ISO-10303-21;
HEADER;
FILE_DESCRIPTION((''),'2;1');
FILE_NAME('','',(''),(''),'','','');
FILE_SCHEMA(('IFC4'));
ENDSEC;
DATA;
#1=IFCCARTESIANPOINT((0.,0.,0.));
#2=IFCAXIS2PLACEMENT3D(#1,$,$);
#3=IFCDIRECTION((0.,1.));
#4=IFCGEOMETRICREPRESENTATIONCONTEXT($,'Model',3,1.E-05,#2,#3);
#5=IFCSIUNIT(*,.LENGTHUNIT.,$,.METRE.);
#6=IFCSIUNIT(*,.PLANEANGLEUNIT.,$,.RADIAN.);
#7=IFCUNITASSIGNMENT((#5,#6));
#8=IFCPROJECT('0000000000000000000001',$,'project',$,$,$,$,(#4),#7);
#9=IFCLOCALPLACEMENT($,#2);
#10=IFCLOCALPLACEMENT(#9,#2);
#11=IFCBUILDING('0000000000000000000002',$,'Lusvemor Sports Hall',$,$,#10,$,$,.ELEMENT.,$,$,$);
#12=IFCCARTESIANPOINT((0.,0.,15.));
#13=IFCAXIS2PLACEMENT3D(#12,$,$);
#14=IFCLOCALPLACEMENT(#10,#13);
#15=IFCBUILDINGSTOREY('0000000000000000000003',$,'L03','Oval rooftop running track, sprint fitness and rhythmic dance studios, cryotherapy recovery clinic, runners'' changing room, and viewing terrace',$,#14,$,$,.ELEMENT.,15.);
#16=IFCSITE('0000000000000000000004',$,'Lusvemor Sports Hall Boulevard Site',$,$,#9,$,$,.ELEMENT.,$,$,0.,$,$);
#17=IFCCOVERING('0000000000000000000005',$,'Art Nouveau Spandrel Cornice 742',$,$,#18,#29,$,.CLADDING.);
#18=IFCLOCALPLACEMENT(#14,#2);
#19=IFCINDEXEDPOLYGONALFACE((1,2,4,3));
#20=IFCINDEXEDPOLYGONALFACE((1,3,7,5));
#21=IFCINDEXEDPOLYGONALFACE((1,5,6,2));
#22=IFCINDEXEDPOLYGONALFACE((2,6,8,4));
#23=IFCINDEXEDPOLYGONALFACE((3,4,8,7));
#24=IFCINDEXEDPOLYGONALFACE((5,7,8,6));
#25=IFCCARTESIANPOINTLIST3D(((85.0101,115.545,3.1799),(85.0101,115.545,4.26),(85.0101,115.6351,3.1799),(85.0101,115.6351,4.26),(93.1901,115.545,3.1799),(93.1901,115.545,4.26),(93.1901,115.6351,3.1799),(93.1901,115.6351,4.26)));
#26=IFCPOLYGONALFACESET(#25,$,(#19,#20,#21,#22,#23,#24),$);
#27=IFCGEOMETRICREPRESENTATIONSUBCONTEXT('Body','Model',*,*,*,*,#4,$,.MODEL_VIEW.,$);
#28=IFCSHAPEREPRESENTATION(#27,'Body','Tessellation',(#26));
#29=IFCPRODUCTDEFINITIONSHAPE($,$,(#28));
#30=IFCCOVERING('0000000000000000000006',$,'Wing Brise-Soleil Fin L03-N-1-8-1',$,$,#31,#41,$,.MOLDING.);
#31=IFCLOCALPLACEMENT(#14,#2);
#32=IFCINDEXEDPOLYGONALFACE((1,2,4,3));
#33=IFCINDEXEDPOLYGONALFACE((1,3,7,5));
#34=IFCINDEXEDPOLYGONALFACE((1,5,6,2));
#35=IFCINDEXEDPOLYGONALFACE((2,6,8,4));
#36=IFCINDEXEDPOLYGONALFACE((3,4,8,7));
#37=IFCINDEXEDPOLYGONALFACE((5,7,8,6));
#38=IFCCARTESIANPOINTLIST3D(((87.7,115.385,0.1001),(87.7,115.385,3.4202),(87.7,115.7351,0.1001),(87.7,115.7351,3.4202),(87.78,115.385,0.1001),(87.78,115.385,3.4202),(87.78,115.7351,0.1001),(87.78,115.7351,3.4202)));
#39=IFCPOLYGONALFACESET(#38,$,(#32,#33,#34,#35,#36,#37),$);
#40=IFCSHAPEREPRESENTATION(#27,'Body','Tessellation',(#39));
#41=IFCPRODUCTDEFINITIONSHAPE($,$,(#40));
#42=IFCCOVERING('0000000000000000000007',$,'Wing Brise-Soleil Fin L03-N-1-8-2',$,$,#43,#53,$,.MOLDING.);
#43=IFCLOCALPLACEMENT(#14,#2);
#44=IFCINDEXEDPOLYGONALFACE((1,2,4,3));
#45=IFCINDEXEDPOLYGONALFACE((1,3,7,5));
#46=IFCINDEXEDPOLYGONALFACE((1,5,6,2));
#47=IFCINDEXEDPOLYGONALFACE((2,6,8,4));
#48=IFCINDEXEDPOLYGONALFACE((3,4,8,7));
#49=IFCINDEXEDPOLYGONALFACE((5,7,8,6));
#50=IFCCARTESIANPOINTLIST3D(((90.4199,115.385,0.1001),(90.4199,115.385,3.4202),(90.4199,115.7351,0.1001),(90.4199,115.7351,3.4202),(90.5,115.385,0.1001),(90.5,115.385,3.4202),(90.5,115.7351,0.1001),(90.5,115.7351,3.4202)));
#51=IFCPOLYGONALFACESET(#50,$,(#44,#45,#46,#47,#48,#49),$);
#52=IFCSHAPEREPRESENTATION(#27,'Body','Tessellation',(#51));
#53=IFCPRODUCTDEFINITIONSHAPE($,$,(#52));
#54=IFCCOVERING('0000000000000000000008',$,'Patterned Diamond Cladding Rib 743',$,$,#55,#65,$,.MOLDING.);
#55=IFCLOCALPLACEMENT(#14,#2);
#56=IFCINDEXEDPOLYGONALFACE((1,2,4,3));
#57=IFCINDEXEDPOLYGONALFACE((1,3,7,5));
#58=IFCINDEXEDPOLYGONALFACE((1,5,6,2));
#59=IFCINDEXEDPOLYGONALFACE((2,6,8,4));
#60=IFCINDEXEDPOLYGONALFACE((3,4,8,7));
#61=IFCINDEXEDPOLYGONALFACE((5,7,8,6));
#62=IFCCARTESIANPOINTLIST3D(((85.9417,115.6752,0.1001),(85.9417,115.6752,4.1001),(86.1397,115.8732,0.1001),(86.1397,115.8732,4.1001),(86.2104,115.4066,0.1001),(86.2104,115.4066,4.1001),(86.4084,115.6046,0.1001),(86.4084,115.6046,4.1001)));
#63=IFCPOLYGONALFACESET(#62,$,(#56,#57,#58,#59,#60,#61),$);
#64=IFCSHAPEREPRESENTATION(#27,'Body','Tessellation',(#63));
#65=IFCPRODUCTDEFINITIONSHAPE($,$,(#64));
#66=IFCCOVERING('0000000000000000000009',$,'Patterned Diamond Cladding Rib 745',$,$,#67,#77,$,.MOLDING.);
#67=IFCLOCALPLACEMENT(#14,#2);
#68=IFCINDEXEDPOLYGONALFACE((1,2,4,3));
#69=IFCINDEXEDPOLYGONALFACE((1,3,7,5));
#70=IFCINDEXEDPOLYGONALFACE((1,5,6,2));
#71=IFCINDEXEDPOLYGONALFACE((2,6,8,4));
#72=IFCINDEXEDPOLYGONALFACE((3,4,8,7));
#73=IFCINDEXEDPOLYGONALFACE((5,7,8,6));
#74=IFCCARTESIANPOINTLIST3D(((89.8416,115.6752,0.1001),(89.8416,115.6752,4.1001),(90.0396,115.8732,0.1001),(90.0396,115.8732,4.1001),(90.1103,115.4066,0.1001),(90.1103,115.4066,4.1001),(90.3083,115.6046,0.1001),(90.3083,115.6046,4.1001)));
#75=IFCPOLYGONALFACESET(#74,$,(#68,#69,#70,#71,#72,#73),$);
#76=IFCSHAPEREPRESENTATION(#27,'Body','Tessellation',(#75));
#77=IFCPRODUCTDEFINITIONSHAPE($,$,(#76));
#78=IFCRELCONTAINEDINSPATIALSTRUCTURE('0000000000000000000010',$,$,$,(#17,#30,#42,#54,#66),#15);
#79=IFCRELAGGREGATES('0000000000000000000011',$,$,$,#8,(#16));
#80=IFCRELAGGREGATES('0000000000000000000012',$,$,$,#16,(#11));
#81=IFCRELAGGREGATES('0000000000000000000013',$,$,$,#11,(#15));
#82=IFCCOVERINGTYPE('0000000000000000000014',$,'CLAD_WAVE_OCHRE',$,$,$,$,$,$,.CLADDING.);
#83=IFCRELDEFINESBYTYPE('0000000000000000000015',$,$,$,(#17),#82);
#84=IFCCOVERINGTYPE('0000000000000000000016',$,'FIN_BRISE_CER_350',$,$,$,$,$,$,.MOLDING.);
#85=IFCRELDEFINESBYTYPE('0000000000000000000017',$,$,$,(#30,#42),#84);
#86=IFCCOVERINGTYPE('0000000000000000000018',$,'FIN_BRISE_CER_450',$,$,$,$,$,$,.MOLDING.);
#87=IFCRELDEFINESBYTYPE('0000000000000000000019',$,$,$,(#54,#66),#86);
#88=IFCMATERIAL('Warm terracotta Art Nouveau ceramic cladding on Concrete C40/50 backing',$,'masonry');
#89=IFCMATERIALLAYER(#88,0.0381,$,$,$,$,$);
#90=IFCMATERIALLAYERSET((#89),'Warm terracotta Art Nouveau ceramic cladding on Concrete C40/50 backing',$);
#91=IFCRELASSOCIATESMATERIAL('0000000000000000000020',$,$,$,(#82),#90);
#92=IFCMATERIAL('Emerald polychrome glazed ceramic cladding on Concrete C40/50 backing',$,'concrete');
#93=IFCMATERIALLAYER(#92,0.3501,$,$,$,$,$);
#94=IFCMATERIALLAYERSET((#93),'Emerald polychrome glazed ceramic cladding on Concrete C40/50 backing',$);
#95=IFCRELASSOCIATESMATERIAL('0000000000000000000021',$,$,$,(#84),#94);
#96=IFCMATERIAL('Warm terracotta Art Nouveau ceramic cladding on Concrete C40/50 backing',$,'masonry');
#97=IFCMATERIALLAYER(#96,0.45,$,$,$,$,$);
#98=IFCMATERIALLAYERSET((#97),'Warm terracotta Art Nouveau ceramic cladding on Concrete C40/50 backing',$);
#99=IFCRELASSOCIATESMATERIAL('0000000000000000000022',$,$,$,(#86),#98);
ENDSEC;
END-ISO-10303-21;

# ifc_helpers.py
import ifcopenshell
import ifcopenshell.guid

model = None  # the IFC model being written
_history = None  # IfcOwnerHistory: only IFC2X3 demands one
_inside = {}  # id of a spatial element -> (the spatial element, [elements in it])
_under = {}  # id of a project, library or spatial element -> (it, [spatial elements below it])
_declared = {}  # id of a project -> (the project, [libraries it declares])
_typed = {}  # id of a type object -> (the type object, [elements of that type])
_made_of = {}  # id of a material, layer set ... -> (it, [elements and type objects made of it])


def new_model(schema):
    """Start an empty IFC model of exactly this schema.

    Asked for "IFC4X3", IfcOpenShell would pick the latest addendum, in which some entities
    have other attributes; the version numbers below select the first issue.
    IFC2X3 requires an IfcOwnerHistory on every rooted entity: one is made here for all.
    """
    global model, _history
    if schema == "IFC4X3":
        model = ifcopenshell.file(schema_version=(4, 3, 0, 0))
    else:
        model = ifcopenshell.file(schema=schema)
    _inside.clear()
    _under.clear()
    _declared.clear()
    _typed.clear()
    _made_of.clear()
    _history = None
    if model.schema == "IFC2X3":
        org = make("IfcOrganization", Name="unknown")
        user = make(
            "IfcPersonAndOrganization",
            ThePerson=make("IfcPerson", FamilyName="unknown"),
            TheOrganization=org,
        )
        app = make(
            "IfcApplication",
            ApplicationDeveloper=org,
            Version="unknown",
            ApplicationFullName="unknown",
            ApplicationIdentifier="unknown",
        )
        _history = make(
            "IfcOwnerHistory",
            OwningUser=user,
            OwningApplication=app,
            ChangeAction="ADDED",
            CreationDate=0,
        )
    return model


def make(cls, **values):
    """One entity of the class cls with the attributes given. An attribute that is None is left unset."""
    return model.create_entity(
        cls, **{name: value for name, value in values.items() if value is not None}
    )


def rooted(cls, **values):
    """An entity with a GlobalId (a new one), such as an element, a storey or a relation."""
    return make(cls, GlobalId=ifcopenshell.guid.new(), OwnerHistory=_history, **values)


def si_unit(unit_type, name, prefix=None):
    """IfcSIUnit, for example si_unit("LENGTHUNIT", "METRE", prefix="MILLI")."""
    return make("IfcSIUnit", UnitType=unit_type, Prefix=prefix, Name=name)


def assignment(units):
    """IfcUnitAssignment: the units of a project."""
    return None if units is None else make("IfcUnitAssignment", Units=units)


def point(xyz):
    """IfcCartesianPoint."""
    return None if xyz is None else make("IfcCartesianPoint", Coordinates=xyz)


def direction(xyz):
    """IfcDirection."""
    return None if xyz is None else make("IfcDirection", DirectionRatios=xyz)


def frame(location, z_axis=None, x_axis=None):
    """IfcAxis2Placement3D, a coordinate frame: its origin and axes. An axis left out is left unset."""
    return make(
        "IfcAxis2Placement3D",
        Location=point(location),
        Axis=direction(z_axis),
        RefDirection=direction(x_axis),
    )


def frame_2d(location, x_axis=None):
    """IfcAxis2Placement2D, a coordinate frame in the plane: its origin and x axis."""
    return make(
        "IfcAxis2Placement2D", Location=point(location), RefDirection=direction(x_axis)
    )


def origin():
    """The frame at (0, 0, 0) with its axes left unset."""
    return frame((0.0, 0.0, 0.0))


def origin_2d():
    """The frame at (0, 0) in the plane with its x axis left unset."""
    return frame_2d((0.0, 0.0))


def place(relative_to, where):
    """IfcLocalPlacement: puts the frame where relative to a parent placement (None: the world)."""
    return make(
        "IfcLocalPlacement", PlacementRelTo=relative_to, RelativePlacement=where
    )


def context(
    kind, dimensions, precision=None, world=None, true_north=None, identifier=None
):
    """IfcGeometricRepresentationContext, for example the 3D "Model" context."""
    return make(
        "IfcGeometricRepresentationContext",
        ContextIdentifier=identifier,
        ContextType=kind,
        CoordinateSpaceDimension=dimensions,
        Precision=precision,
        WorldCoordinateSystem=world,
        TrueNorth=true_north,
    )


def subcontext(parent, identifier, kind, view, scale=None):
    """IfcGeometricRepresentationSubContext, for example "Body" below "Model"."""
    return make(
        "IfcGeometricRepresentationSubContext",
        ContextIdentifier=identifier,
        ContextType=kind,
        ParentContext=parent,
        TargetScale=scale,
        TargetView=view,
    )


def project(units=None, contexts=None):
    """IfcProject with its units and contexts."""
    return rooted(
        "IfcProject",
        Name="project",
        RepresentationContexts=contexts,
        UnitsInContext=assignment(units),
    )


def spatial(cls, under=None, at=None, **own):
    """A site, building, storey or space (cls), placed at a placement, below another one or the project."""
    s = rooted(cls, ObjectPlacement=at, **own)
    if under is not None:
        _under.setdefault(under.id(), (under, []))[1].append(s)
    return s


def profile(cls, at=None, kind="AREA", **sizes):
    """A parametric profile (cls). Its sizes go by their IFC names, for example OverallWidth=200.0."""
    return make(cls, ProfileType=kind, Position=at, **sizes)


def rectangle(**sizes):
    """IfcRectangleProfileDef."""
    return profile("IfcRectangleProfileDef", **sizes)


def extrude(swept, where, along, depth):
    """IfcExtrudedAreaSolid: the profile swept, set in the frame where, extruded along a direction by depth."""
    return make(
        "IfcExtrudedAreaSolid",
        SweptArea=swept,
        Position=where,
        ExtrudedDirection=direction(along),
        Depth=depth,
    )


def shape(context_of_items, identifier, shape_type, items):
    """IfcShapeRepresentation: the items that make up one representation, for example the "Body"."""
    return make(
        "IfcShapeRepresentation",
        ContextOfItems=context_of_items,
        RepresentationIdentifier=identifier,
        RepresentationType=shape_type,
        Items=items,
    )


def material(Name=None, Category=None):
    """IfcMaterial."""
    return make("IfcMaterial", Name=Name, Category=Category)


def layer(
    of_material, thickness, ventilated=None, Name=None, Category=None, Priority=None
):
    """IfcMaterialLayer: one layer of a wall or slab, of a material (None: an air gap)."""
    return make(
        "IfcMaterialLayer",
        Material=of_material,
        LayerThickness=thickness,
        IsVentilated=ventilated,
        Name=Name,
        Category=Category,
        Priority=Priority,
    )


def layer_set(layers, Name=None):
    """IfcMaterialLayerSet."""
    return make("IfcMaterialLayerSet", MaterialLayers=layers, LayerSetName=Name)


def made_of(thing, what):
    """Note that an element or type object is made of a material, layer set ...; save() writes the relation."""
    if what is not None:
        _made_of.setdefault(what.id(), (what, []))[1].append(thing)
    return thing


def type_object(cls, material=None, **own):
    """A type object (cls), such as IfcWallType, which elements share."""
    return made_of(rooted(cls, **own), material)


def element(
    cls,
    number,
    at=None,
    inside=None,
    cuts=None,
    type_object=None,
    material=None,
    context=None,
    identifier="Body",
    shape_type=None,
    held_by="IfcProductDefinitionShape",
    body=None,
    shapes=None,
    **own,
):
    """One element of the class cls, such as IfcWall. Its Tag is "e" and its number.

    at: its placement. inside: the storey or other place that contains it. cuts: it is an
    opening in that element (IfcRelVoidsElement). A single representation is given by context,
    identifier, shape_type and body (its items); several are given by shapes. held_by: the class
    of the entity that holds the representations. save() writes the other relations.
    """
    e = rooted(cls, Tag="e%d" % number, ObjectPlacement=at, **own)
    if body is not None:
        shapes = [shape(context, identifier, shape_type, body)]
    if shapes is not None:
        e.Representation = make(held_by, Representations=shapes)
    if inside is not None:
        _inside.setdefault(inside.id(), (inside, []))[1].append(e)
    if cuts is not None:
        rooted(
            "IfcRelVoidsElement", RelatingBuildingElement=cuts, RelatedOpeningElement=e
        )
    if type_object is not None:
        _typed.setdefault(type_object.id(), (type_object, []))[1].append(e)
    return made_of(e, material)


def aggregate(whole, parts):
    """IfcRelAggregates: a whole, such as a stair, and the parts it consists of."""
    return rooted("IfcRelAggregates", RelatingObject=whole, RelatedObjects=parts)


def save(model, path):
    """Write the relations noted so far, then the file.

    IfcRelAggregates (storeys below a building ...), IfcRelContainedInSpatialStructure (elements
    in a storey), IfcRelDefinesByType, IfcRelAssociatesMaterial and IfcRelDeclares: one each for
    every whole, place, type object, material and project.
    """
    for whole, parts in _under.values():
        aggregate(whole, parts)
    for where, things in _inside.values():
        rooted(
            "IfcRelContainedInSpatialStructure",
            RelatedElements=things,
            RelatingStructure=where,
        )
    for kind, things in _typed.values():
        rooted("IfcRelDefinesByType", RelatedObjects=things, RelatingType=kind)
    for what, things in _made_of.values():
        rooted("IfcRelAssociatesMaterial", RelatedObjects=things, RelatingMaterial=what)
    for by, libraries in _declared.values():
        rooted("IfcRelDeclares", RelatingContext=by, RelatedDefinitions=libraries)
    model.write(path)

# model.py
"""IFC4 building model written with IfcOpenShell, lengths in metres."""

from ifc_helpers import new_model, si_unit, direction, frame, origin, origin_2d, place, context, subcontext, project, spatial, rectangle, extrude, material, layer, layer_set, type_object, element, save


model = new_model("IFC4")

# Units and contexts
model_context = context("Model", 3, precision=1e-05, world=origin(), true_north=direction((0.0, 1.0)))
body_context = subcontext(model_context, "Body", "Model", "MODEL_VIEW")
ifc_project = project(units=[si_unit("LENGTHUNIT", "METRE"), si_unit("PLANEANGLEUNIT", "RADIAN")], contexts=[model_context])

# Site, building, storey
site_placement = place(None, origin())
site = spatial("IfcSite", under=ifc_project, at=site_placement, Name="Lusvemor Sports Hall Boulevard Site", CompositionType="ELEMENT", RefElevation=0.0)
building_placement = place(site_placement, origin())
building = spatial("IfcBuilding", under=site, at=building_placement, Name="Lusvemor Sports Hall", CompositionType="ELEMENT")
storey_placement = place(building_placement, frame((0.0, 0.0, 15.0)))
storey = spatial("IfcBuildingStorey", under=building, at=storey_placement, Name="L03", Description="Oval rooftop running track, sprint fitness and rhythmic dance studios, cryotherapy recovery clinic, runners' changing room, and viewing terrace", CompositionType="ELEMENT", Elevation=15.0)

# Coverings
ifc_material_1 = material(Name="Warm terracotta Art Nouveau ceramic cladding on Concrete C40/50 backing", Category="masonry")
ifc_layer_1 = layer(ifc_material_1, 0.0381)
ifc_layer_set_1 = layer_set([ifc_layer_1], Name="Warm terracotta Art Nouveau ceramic cladding on Concrete C40/50 backing")
covering_type_1 = type_object("IfcCoveringType", Name="CLAD_WAVE_OCHRE", PredefinedType="CLADDING", material=ifc_layer_set_1)
covering_1_placement = place(storey_placement, frame((89.1001, 115.5901, 3.1799), z_axis=(0.0, 0.0, 1.0), x_axis=(1.0, 0.0, 0.0)))
element("IfcCovering", 1, at=covering_1_placement, inside=storey, type_object=covering_type_1, Name="Art Nouveau Spandrel Cornice 742", PredefinedType="CLADDING", context=body_context, shape_type="SweptSolid", body=[
    extrude(rectangle(XDim=8.1799, YDim=0.0901, at=origin_2d()), origin(), (0.0, 0.0, 1.0), 1.0801),
])
ifc_material_2 = material(Name="Emerald polychrome glazed ceramic cladding on Concrete C40/50 backing", Category="concrete")
ifc_layer_2 = layer(ifc_material_2, 0.3501)
ifc_layer_set_2 = layer_set([ifc_layer_2], Name="Emerald polychrome glazed ceramic cladding on Concrete C40/50 backing")
covering_type_2 = type_object("IfcCoveringType", Name="FIN_BRISE_CER_350", PredefinedType="MOLDING", material=ifc_layer_set_2)
for number, where, z_axis, x_axis, name in (
    (2, (87.74, 115.5601, 0.1001), (0.0, 0.0, 1.0), (1.0, 0.0, 0.0), "Wing Brise-Soleil Fin L03-N-1-8-1"),
    (3, (90.46, 115.5601, 0.1001), (0.0, 0.0, 1.0), (1.0, 0.0, 0.0), "Wing Brise-Soleil Fin L03-N-1-8-2"),
):
    element("IfcCovering", number, at=place(storey_placement, frame(where, z_axis=z_axis, x_axis=x_axis)), inside=storey, type_object=covering_type_2, Name=name, PredefinedType="MOLDING", context=body_context, shape_type="SweptSolid", body=[
        extrude(rectangle(XDim=0.0801, YDim=0.3501, at=origin_2d()), origin(), (0.0, 0.0, 1.0), 3.3201),
    ])
ifc_material_3 = material(Name="Warm terracotta Art Nouveau ceramic cladding on Concrete C40/50 backing", Category="masonry")
ifc_layer_3 = layer(ifc_material_3, 0.45)
ifc_layer_set_3 = layer_set([ifc_layer_3], Name="Warm terracotta Art Nouveau ceramic cladding on Concrete C40/50 backing")
covering_type_3 = type_object("IfcCoveringType", Name="FIN_BRISE_CER_450", PredefinedType="MOLDING", material=ifc_layer_set_3)
for number, where, z_axis, x_axis, name in (
    (4, (86.175, 115.6399, 0.1001), (0.0, 0.0, 1.0), (0.707107, 0.707107, 0.0), "Patterned Diamond Cladding Rib 743"),
    (5, (90.075, 115.6399, 0.1001), (0.0, 0.0, 1.0), (0.707107, 0.707107, 0.0), "Patterned Diamond Cladding Rib 745"),
):
    element("IfcCovering", number, at=place(storey_placement, frame(where, z_axis=z_axis, x_axis=x_axis)), inside=storey, type_object=covering_type_3, Name=name, PredefinedType="MOLDING", context=body_context, shape_type="SweptSolid", body=[
        extrude(rectangle(XDim=0.28, YDim=0.3799, at=origin_2d()), origin(), (0.0, 0.0, 1.0), 4.0),
    ])

save(model, "model.ifc")
